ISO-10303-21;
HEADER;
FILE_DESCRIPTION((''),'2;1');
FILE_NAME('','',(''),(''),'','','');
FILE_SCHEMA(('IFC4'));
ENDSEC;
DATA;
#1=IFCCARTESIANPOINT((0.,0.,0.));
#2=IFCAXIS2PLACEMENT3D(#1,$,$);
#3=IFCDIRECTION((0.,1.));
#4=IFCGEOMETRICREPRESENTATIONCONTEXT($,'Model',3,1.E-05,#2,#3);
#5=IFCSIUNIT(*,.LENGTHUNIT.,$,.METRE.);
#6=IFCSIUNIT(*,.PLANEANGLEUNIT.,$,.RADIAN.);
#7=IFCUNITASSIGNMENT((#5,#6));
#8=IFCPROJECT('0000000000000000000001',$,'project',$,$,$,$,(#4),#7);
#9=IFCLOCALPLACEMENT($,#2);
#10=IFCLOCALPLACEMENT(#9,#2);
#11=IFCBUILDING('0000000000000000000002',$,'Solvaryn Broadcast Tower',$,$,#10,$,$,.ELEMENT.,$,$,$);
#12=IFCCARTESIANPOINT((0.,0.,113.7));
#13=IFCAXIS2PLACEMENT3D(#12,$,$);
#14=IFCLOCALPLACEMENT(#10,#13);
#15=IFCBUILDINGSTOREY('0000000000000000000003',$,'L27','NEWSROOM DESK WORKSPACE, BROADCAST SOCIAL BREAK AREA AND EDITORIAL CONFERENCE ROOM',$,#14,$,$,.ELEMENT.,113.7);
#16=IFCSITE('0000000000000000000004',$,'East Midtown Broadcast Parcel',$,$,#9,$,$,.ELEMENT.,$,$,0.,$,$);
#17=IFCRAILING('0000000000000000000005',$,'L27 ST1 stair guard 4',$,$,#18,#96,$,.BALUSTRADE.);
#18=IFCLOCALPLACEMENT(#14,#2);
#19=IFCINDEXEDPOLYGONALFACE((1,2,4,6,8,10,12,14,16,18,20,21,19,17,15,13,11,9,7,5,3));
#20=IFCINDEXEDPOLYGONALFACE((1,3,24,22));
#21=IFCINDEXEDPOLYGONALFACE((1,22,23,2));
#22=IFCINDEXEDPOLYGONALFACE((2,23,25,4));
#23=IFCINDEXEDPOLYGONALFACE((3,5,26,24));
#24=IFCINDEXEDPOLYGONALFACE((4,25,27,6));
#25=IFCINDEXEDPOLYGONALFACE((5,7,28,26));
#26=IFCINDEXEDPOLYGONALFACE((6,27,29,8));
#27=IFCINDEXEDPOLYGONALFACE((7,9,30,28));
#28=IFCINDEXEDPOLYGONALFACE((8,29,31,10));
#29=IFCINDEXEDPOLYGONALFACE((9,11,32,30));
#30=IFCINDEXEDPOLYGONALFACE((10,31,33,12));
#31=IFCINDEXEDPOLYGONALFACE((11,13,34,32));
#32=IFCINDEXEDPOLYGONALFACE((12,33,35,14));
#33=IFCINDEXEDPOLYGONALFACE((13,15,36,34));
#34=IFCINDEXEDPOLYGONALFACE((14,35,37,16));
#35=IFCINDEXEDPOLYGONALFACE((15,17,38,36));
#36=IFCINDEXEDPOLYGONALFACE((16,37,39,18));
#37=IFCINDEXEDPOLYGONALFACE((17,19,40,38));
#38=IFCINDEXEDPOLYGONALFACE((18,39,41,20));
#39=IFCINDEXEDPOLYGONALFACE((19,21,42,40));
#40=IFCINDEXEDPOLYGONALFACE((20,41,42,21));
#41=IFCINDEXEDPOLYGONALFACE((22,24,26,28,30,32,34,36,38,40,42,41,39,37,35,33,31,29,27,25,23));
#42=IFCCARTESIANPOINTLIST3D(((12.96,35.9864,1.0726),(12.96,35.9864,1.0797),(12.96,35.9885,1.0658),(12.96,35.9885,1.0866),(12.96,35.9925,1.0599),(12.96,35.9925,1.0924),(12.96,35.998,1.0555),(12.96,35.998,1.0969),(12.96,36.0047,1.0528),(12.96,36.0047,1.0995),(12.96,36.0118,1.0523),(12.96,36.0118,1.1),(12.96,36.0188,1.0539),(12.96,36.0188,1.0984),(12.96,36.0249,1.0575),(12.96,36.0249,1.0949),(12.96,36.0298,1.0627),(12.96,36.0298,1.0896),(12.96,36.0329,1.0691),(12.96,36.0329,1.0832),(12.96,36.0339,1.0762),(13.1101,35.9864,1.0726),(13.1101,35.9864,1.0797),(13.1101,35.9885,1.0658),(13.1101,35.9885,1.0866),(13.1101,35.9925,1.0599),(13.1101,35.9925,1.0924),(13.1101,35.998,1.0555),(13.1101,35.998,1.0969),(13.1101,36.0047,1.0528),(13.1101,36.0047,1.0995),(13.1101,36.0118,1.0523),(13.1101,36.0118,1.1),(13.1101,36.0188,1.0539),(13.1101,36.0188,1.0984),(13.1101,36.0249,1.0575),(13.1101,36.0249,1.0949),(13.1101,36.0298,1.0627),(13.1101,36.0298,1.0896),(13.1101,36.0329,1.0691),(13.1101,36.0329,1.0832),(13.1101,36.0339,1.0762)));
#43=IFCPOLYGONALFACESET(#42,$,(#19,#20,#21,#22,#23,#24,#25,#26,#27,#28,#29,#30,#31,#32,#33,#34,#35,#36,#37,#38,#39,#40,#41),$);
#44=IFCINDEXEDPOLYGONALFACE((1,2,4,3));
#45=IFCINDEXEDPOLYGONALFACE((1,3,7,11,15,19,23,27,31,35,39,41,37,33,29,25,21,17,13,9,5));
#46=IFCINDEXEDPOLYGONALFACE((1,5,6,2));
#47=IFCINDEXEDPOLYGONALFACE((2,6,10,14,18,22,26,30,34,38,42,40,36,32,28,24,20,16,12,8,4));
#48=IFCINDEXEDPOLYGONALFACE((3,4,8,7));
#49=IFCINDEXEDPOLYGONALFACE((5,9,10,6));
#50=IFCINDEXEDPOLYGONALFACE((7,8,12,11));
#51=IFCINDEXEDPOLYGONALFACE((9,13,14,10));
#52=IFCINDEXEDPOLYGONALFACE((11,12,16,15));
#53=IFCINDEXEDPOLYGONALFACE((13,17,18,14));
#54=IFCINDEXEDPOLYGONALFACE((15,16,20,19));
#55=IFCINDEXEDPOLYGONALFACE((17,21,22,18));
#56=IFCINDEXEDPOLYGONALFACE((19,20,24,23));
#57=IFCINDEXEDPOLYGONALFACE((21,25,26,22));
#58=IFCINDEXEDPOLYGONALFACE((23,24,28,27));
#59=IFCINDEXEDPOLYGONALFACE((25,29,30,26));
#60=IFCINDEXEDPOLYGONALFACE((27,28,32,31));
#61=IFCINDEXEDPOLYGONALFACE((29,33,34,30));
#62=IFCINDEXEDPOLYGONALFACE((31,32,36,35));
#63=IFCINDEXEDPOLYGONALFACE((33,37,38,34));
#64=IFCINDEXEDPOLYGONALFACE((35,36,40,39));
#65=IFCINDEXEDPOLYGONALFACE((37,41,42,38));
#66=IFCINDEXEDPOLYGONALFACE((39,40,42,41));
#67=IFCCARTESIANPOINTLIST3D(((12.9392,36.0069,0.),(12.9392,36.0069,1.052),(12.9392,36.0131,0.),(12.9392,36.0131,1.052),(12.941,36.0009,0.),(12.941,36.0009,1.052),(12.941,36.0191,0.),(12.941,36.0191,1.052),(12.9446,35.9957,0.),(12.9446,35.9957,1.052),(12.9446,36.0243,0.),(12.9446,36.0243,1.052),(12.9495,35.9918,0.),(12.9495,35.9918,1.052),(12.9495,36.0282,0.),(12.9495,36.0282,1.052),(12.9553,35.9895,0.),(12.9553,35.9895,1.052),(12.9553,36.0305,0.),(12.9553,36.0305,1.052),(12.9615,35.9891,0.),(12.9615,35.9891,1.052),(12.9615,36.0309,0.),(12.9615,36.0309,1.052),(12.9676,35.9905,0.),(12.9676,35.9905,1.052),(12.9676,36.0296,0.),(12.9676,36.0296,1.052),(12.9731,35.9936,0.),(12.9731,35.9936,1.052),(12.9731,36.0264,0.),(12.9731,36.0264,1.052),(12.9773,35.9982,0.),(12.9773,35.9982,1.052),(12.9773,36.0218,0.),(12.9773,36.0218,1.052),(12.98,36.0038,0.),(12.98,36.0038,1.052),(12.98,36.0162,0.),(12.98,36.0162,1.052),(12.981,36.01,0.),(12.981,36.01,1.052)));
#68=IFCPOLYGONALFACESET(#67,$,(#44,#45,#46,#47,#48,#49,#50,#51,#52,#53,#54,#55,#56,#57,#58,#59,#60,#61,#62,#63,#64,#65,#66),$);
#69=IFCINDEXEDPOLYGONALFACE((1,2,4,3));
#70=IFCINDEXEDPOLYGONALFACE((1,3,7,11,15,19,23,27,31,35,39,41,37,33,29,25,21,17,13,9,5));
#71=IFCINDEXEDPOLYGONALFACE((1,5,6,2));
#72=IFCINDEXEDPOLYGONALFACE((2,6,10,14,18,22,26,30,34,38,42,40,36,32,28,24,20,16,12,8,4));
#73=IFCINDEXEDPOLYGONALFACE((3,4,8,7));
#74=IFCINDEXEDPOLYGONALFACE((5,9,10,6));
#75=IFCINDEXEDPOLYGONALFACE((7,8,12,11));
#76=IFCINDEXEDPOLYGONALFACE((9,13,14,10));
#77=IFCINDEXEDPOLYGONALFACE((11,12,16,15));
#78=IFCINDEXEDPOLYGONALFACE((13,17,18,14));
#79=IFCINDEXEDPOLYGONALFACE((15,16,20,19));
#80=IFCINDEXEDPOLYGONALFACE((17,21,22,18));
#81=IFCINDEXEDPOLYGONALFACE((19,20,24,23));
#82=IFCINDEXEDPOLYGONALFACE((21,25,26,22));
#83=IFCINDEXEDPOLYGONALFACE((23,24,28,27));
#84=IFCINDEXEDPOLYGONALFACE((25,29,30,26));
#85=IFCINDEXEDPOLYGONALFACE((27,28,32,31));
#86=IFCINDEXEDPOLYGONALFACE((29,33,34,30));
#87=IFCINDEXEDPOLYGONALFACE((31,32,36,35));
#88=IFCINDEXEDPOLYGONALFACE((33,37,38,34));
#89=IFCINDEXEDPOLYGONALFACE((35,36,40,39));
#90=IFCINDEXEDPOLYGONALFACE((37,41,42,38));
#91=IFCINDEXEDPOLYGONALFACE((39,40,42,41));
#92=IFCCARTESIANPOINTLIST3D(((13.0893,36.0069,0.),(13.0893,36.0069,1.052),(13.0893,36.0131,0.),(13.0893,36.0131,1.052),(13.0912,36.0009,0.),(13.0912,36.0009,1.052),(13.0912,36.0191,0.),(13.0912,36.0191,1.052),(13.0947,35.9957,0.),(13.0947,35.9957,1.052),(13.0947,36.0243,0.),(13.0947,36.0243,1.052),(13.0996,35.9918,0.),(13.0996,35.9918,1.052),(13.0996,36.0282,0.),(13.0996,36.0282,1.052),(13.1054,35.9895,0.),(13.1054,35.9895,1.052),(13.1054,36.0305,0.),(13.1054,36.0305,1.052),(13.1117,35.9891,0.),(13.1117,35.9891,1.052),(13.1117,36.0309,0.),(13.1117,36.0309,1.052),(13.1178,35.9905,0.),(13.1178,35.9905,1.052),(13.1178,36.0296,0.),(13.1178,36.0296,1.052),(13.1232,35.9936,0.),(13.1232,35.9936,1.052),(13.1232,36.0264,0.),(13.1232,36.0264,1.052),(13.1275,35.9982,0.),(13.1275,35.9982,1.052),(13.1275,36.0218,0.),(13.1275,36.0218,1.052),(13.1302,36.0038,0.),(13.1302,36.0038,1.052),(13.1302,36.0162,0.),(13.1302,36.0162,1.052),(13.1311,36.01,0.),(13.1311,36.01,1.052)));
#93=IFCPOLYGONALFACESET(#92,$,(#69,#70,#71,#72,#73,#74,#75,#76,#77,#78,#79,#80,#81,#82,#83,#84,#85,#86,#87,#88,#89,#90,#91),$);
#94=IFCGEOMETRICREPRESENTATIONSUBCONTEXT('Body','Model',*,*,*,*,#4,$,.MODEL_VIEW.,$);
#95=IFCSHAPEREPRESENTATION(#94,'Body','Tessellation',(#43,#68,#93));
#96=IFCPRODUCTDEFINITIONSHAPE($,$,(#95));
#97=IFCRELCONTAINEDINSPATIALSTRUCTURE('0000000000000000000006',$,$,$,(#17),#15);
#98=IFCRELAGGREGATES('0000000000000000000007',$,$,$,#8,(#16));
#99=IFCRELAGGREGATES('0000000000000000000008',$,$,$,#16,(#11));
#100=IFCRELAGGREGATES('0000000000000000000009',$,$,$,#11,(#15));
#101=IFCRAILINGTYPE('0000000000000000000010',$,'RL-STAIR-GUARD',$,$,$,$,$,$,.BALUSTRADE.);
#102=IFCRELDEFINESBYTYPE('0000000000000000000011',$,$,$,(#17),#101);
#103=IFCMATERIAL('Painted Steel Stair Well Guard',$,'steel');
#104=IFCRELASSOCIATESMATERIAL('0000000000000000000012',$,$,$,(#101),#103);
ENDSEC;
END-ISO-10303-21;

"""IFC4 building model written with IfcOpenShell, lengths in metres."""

from ifc_helpers import new_model, si_unit, direction, frame, origin, origin_2d, place, context, subcontext, project, spatial, circle, extrude, material, type_object, element, save


model = new_model("IFC4")

# Units and contexts
model_context = context("Model", 3, precision=1e-05, world=origin(), true_north=direction((0.0, 1.0)))
body_context = subcontext(model_context, "Body", "Model", "MODEL_VIEW")
ifc_project = project(units=[si_unit("LENGTHUNIT", "METRE"), si_unit("PLANEANGLEUNIT", "RADIAN")], contexts=[model_context])

# Site, building, storey
site_placement = place(None, origin())
site = spatial("IfcSite", under=ifc_project, at=site_placement, Name="East Midtown Broadcast Parcel", CompositionType="ELEMENT", RefElevation=0.0)
building_placement = place(site_placement, origin())
building = spatial("IfcBuilding", under=site, at=building_placement, Name="Solvaryn Broadcast Tower", CompositionType="ELEMENT")
storey_placement = place(building_placement, frame((0.0, 0.0, 113.7)))
storey = spatial("IfcBuildingStorey", under=building, at=storey_placement, Name="L27", Description="NEWSROOM DESK WORKSPACE, BROADCAST SOCIAL BREAK AREA AND EDITORIAL CONFERENCE ROOM", CompositionType="ELEMENT", Elevation=113.7)

# Railing
ifc_material_1 = material(Name="Painted Steel Stair Well Guard", Category="steel")
railing_type_1 = type_object("IfcRailingType", Name="RL-STAIR-GUARD", PredefinedType="BALUSTRADE", material=ifc_material_1)
railing_1_placement = place(storey_placement, frame((12.96, 36.01, 0.0)))
element("IfcRailing", 1, at=railing_1_placement, inside=storey, type_object=railing_type_1, Name="L27 ST1 stair guard 4", PredefinedType="BALUSTRADE", context=body_context, shape_type="SweptSolid", body=[
    extrude(circle(Radius=0.0239, at=origin_2d()), frame((0.0, 0.0, 1.0762), z_axis=(1.0, 0.0, 0.0), x_axis=(0.0, 1.0, 0.0)), (0.0, 0.0, 1.0), 0.1501),
    extrude(circle(Radius=0.021, at=origin_2d()), origin(), (0.0, 0.0, 1.0), 1.052),
    extrude(circle(Radius=0.021, at=origin_2d()), frame((0.1501, 0.0, 0.0)), (0.0, 0.0, 1.0), 1.052),
])

save(model, "model.ifc")
